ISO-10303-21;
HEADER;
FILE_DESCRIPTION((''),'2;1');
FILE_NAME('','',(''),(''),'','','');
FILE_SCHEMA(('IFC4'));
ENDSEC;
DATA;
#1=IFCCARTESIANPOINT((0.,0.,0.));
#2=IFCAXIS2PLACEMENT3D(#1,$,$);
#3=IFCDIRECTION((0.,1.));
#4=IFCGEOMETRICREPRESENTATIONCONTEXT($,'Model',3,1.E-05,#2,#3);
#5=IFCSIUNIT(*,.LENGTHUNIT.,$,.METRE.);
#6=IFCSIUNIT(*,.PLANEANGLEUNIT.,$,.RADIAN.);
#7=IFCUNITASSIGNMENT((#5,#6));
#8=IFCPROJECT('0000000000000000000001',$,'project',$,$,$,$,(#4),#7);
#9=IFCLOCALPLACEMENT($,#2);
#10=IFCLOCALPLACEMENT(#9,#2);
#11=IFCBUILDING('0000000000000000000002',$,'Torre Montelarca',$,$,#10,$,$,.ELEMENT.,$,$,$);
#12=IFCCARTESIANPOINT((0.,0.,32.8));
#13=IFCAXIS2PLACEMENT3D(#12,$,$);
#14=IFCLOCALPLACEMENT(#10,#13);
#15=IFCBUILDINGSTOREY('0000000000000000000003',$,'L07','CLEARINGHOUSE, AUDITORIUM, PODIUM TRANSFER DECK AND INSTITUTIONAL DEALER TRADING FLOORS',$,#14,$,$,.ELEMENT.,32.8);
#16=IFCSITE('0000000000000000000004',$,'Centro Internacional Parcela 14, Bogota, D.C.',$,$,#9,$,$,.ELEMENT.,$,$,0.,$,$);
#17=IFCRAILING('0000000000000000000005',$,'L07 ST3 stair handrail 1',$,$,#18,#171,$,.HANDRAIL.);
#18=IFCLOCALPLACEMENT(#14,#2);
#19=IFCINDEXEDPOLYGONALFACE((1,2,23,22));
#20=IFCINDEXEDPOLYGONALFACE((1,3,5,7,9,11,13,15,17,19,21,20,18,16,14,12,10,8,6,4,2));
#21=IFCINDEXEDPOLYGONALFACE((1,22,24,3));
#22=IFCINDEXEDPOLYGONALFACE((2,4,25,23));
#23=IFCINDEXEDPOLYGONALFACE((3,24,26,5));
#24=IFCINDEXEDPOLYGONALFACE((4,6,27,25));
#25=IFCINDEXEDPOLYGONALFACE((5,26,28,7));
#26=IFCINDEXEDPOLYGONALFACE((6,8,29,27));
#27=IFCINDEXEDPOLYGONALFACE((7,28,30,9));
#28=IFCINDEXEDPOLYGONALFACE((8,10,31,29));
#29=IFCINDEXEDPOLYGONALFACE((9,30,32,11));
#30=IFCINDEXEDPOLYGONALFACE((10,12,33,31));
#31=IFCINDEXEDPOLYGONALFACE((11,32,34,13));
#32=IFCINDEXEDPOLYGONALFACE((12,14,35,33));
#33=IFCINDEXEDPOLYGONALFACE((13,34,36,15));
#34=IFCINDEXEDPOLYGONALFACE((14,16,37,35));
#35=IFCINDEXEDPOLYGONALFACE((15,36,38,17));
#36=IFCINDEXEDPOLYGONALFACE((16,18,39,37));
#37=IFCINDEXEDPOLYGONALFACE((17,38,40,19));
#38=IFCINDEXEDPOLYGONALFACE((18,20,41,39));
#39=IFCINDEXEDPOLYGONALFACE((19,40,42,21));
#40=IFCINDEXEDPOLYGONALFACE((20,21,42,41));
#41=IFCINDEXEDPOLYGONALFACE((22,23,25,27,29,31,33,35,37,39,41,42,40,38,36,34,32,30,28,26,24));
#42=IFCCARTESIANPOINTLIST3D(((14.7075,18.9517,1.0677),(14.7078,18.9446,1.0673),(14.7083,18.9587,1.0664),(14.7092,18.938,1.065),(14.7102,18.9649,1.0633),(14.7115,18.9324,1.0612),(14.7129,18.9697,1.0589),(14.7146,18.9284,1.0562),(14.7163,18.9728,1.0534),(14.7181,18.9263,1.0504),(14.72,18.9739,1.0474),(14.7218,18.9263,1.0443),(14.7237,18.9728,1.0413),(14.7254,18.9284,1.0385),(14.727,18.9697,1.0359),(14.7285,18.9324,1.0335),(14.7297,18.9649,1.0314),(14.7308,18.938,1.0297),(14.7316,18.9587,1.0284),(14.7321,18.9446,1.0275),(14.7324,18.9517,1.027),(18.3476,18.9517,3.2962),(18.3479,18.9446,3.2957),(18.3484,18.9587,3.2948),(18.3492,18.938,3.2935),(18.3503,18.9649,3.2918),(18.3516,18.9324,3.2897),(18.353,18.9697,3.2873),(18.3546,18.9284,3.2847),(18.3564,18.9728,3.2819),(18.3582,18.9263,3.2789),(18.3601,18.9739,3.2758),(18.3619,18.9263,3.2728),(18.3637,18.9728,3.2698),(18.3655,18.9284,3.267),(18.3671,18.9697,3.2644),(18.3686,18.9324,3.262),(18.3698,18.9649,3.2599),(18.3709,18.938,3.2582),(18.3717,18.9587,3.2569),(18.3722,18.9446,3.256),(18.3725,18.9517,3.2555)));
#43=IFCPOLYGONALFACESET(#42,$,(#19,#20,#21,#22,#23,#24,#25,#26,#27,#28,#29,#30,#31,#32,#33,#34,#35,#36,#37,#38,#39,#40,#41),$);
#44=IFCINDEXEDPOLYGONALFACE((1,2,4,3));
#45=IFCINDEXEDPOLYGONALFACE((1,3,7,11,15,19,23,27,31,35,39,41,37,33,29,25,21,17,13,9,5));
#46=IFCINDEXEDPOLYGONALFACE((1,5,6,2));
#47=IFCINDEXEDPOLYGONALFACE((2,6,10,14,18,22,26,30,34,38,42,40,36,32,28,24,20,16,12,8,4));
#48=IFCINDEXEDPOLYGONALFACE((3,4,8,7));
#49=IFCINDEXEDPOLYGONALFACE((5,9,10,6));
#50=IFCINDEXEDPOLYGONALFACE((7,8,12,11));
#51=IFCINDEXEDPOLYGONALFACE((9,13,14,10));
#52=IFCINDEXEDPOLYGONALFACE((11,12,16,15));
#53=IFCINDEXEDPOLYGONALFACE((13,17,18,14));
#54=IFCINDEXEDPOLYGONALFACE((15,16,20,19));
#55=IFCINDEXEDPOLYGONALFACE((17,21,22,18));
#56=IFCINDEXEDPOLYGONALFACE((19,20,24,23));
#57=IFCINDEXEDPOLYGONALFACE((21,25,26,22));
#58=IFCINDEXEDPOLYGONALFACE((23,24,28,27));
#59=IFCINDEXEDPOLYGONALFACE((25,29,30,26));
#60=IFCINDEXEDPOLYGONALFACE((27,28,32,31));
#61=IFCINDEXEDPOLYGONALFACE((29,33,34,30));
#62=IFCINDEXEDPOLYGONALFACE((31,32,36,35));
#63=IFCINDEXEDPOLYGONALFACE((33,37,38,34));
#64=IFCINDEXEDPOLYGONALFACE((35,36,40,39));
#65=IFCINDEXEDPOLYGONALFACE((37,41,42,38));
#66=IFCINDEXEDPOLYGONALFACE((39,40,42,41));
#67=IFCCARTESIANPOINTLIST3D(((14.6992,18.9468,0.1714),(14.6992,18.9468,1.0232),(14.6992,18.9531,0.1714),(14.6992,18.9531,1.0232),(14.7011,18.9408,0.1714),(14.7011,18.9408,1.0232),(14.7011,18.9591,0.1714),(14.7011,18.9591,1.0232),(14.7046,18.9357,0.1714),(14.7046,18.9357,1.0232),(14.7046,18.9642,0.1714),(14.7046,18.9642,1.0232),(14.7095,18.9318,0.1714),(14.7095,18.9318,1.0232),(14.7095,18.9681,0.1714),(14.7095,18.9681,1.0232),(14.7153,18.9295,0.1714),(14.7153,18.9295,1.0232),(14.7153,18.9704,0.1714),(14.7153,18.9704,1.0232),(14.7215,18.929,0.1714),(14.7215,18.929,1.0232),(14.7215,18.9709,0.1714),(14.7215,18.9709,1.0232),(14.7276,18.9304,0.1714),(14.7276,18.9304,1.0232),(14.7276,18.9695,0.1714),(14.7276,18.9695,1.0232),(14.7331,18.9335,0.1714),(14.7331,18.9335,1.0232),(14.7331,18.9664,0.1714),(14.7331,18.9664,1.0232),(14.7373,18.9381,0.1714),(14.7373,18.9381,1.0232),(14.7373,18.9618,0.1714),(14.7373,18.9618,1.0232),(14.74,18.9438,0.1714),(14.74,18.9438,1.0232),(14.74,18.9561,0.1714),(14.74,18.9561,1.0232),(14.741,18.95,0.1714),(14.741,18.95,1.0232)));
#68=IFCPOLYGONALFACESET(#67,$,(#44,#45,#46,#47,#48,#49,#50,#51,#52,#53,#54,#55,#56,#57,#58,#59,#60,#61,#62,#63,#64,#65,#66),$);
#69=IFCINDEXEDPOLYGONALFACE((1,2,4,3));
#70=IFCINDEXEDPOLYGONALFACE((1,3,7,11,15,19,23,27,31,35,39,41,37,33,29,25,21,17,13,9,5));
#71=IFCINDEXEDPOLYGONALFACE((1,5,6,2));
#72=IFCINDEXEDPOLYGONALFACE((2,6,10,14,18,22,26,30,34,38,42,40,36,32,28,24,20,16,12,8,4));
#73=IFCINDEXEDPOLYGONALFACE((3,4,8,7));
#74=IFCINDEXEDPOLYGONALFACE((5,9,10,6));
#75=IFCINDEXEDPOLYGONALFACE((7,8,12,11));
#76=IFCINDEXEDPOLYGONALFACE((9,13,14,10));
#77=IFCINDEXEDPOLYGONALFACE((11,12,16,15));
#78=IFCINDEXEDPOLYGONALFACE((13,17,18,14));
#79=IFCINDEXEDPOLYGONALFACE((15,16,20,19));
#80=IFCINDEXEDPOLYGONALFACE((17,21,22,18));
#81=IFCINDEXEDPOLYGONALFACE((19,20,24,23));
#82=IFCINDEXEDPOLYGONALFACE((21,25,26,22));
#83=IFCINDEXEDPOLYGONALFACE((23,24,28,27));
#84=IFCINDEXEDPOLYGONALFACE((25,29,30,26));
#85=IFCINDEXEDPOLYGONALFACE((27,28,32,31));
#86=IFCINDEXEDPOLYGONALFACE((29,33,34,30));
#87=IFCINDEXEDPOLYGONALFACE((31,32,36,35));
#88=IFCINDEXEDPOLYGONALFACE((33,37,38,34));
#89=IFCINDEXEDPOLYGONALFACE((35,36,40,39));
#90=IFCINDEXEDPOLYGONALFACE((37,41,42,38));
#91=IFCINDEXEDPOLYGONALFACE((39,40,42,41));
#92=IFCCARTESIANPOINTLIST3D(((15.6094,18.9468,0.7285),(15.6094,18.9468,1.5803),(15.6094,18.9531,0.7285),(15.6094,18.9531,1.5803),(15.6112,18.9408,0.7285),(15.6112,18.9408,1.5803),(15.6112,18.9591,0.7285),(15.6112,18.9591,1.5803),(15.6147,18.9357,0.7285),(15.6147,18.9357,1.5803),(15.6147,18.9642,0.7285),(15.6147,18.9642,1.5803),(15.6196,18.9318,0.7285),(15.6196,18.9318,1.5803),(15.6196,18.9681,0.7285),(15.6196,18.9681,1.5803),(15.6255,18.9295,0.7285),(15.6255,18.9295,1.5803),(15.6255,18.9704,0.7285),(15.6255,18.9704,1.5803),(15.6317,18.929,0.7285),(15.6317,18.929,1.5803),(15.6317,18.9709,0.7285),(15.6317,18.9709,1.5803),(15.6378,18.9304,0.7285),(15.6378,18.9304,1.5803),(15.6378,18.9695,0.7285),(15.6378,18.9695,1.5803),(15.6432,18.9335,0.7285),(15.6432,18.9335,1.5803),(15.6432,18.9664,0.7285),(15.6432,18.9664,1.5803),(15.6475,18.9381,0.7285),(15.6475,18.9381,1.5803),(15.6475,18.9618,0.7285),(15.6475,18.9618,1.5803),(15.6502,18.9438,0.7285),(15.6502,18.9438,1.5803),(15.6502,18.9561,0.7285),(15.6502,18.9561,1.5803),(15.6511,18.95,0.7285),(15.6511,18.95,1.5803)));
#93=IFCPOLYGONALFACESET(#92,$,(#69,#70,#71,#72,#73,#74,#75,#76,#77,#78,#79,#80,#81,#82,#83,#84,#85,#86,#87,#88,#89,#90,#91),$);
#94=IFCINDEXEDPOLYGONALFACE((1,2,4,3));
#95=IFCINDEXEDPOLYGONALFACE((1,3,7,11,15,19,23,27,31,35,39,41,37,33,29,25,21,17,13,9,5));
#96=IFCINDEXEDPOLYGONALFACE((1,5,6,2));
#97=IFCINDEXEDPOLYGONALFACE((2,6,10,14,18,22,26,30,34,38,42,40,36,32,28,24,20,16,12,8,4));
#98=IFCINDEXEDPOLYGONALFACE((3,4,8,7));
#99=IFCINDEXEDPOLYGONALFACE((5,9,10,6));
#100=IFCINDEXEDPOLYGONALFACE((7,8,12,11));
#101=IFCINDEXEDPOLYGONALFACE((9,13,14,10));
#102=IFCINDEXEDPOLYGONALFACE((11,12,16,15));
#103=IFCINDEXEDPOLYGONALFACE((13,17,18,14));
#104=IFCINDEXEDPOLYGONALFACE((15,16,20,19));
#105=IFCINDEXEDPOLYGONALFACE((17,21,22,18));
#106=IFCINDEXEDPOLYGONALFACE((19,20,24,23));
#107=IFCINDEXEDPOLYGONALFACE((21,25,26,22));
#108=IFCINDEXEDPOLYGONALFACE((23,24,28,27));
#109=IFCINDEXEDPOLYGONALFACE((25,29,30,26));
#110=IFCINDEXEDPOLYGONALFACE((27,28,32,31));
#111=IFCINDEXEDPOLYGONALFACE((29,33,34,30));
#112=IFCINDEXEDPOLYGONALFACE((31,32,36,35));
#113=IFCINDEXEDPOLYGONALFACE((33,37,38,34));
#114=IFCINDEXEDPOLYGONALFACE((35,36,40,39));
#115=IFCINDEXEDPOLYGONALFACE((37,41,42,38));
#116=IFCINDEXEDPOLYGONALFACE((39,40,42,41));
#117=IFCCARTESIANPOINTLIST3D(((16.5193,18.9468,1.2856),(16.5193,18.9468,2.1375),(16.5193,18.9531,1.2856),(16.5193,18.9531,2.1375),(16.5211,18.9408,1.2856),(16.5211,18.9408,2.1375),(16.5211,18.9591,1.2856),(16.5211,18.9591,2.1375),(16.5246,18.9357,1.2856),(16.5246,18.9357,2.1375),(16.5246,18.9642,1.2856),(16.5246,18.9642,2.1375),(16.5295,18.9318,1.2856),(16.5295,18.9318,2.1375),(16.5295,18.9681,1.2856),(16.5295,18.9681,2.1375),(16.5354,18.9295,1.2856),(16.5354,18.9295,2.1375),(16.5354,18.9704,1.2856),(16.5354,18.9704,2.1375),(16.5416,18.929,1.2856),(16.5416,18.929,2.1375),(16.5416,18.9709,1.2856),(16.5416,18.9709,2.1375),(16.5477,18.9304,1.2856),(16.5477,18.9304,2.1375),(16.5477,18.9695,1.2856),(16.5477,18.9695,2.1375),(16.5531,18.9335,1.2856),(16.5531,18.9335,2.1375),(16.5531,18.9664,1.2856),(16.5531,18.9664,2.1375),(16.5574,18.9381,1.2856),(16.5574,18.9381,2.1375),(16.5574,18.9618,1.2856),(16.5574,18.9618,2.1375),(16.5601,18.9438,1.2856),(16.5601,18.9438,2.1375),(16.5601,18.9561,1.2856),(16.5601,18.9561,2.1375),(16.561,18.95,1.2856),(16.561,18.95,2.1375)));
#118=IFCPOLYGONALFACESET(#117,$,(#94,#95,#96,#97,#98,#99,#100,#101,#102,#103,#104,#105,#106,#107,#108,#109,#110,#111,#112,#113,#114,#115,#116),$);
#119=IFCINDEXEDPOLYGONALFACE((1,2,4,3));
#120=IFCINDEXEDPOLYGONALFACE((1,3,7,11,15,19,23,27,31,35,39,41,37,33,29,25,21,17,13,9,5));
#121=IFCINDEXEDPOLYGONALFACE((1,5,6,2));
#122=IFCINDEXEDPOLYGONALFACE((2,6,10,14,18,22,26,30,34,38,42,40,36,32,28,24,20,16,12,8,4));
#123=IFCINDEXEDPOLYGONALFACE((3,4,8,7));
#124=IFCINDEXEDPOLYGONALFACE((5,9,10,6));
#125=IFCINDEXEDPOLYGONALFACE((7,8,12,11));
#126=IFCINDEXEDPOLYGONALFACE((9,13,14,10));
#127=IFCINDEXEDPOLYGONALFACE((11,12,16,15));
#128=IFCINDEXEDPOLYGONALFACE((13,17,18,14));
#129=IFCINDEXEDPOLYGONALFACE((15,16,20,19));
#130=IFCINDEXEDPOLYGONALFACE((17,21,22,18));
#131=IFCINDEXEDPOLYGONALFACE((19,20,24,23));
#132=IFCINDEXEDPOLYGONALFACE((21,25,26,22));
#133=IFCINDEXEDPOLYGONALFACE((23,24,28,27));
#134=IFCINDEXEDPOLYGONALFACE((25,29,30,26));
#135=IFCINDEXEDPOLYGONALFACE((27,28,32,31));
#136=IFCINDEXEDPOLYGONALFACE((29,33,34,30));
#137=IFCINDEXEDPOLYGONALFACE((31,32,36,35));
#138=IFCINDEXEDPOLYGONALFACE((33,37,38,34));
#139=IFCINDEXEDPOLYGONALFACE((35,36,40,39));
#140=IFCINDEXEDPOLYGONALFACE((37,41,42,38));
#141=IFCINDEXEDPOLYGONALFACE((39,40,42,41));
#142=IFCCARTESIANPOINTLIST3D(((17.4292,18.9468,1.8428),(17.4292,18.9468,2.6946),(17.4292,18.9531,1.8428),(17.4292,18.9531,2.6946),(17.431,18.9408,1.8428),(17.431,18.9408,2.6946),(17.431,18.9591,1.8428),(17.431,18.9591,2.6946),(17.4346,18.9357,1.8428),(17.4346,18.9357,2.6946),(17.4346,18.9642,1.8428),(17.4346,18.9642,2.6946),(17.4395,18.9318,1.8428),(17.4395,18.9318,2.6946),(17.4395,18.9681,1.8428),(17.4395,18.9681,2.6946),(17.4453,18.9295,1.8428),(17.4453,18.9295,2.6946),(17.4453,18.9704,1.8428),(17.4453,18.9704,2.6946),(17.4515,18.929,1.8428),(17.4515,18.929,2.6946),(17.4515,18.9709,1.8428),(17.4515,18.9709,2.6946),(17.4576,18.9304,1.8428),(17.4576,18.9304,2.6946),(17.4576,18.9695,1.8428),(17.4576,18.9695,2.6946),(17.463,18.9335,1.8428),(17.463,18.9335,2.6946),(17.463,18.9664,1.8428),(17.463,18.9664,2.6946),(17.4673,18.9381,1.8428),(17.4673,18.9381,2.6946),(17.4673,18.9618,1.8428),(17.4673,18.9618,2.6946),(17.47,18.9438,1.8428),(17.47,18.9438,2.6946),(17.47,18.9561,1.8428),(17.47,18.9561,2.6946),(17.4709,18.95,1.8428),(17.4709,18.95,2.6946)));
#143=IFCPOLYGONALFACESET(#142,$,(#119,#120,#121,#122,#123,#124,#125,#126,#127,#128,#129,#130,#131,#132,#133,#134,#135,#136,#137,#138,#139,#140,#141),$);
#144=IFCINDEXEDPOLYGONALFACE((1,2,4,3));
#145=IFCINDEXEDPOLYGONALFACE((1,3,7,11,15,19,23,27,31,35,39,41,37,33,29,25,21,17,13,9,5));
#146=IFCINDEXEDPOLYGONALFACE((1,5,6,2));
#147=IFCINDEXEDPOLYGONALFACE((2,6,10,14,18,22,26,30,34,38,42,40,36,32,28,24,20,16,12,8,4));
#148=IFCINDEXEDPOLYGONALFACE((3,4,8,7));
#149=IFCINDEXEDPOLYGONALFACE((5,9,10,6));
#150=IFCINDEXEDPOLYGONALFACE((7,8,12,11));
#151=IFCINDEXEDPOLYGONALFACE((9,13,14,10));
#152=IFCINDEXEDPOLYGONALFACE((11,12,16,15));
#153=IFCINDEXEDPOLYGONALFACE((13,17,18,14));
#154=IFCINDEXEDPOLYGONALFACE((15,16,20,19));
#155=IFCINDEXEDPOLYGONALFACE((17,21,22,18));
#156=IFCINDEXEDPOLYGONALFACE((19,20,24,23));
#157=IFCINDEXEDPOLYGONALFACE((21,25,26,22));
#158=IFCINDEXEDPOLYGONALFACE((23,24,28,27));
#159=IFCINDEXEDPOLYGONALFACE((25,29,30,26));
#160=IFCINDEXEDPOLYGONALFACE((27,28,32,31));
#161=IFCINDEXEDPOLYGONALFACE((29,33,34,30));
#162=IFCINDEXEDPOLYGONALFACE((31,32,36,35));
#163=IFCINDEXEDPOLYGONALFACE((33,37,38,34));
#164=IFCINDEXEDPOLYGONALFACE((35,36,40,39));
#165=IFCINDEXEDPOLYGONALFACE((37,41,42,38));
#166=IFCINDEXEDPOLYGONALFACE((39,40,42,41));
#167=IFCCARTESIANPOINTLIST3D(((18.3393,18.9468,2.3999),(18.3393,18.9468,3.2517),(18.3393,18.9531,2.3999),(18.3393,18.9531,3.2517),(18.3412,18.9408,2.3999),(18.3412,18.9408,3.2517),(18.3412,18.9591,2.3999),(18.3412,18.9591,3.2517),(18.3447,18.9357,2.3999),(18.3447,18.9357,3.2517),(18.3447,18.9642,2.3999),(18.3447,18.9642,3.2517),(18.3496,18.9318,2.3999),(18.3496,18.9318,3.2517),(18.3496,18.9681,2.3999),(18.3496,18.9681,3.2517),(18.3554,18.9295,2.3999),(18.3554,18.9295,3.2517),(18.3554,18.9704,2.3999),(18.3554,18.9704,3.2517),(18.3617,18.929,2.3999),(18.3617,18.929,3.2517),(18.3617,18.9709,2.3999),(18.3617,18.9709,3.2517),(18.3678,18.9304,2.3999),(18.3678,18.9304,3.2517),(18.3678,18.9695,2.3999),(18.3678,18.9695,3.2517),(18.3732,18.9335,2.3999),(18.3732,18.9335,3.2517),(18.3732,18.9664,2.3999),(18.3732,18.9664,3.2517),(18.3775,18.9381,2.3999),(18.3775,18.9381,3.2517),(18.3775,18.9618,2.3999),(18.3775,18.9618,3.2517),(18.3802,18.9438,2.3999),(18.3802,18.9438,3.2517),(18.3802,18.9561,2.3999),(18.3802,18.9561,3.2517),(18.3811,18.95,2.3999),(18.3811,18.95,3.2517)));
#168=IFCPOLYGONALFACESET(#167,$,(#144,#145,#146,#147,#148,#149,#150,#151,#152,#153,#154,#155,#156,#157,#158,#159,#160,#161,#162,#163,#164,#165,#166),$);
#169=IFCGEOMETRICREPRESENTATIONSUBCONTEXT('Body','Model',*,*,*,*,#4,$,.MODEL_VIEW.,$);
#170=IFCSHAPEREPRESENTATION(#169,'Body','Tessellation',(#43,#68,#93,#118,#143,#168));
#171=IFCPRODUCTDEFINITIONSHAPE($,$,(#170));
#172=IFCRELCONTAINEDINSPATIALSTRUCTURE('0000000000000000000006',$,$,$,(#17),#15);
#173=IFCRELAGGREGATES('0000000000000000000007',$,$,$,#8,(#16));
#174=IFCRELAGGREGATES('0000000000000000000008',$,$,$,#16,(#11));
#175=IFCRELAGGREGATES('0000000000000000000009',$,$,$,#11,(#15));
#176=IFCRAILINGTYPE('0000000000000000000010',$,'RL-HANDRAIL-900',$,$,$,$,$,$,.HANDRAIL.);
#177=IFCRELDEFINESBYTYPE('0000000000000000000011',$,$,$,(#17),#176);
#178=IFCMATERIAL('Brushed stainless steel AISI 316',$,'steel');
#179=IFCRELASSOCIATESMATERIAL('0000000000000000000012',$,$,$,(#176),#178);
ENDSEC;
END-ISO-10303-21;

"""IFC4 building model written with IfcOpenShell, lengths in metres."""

from ifc_helpers import new_model, si_unit, direction, frame, origin, origin_2d, place, context, subcontext, project, spatial, circle, extrude, material, type_object, element, save


model = new_model("IFC4")

# Units and contexts
model_context = context("Model", 3, precision=1e-05, world=origin(), true_north=direction((0.0, 1.0)))
body_context = subcontext(model_context, "Body", "Model", "MODEL_VIEW")
ifc_project = project(units=[si_unit("LENGTHUNIT", "METRE"), si_unit("PLANEANGLEUNIT", "RADIAN")], contexts=[model_context])

# Site, building, storey
site_placement = place(None, origin())
site = spatial("IfcSite", under=ifc_project, at=site_placement, Name="Centro Internacional Parcela 14, Bogota, D.C.", CompositionType="ELEMENT", RefElevation=0.0)
building_placement = place(site_placement, origin())
building = spatial("IfcBuilding", under=site, at=building_placement, Name="Torre Montelarca", CompositionType="ELEMENT")
storey_placement = place(building_placement, frame((0.0, 0.0, 32.8)))
storey = spatial("IfcBuildingStorey", under=building, at=storey_placement, Name="L07", Description="CLEARINGHOUSE, AUDITORIUM, PODIUM TRANSFER DECK AND INSTITUTIONAL DEALER TRADING FLOORS", CompositionType="ELEMENT", Elevation=32.8)

# Railing
ifc_material_1 = material(Name="Brushed stainless steel AISI 316", Category="steel")
railing_type_1 = type_object("IfcRailingType", Name="RL-HANDRAIL-900", PredefinedType="HANDRAIL", material=ifc_material_1)
railing_1_placement = place(storey_placement, frame((14.72, 18.95, 0.1714)))
element("IfcRailing", 1, at=railing_1_placement, inside=storey, type_object=railing_type_1, Name="L07 ST3 stair handrail 1", PredefinedType="HANDRAIL", context=body_context, shape_type="SweptSolid", body=[
    extrude(circle(Radius=0.0239, at=origin_2d()), frame((0.0, 0.0, 0.876), z_axis=(0.852866, 0.0, 0.52213), x_axis=(0.0, 1.0, 0.0)), (0.0, 0.0, 1.0), 4.2681),
    extrude(circle(Radius=0.021, at=origin_2d()), origin(), (0.0, 0.0, 1.0), 0.8518),
    extrude(circle(Radius=0.021, at=origin_2d()), frame((0.9102, 0.0, 0.5571)), (0.0, 0.0, 1.0), 0.8518),
    extrude(circle(Radius=0.021, at=origin_2d()), frame((1.8201, 0.0, 1.1143)), (0.0, 0.0, 1.0), 0.8518),
    extrude(circle(Radius=0.021, at=origin_2d()), frame((2.73, 0.0, 1.6714)), (0.0, 0.0, 1.0), 0.8518),
    extrude(circle(Radius=0.021, at=origin_2d()), frame((3.6401, 0.0, 2.2285)), (0.0, 0.0, 1.0), 0.8518),
])

save(model, "model.ifc")
